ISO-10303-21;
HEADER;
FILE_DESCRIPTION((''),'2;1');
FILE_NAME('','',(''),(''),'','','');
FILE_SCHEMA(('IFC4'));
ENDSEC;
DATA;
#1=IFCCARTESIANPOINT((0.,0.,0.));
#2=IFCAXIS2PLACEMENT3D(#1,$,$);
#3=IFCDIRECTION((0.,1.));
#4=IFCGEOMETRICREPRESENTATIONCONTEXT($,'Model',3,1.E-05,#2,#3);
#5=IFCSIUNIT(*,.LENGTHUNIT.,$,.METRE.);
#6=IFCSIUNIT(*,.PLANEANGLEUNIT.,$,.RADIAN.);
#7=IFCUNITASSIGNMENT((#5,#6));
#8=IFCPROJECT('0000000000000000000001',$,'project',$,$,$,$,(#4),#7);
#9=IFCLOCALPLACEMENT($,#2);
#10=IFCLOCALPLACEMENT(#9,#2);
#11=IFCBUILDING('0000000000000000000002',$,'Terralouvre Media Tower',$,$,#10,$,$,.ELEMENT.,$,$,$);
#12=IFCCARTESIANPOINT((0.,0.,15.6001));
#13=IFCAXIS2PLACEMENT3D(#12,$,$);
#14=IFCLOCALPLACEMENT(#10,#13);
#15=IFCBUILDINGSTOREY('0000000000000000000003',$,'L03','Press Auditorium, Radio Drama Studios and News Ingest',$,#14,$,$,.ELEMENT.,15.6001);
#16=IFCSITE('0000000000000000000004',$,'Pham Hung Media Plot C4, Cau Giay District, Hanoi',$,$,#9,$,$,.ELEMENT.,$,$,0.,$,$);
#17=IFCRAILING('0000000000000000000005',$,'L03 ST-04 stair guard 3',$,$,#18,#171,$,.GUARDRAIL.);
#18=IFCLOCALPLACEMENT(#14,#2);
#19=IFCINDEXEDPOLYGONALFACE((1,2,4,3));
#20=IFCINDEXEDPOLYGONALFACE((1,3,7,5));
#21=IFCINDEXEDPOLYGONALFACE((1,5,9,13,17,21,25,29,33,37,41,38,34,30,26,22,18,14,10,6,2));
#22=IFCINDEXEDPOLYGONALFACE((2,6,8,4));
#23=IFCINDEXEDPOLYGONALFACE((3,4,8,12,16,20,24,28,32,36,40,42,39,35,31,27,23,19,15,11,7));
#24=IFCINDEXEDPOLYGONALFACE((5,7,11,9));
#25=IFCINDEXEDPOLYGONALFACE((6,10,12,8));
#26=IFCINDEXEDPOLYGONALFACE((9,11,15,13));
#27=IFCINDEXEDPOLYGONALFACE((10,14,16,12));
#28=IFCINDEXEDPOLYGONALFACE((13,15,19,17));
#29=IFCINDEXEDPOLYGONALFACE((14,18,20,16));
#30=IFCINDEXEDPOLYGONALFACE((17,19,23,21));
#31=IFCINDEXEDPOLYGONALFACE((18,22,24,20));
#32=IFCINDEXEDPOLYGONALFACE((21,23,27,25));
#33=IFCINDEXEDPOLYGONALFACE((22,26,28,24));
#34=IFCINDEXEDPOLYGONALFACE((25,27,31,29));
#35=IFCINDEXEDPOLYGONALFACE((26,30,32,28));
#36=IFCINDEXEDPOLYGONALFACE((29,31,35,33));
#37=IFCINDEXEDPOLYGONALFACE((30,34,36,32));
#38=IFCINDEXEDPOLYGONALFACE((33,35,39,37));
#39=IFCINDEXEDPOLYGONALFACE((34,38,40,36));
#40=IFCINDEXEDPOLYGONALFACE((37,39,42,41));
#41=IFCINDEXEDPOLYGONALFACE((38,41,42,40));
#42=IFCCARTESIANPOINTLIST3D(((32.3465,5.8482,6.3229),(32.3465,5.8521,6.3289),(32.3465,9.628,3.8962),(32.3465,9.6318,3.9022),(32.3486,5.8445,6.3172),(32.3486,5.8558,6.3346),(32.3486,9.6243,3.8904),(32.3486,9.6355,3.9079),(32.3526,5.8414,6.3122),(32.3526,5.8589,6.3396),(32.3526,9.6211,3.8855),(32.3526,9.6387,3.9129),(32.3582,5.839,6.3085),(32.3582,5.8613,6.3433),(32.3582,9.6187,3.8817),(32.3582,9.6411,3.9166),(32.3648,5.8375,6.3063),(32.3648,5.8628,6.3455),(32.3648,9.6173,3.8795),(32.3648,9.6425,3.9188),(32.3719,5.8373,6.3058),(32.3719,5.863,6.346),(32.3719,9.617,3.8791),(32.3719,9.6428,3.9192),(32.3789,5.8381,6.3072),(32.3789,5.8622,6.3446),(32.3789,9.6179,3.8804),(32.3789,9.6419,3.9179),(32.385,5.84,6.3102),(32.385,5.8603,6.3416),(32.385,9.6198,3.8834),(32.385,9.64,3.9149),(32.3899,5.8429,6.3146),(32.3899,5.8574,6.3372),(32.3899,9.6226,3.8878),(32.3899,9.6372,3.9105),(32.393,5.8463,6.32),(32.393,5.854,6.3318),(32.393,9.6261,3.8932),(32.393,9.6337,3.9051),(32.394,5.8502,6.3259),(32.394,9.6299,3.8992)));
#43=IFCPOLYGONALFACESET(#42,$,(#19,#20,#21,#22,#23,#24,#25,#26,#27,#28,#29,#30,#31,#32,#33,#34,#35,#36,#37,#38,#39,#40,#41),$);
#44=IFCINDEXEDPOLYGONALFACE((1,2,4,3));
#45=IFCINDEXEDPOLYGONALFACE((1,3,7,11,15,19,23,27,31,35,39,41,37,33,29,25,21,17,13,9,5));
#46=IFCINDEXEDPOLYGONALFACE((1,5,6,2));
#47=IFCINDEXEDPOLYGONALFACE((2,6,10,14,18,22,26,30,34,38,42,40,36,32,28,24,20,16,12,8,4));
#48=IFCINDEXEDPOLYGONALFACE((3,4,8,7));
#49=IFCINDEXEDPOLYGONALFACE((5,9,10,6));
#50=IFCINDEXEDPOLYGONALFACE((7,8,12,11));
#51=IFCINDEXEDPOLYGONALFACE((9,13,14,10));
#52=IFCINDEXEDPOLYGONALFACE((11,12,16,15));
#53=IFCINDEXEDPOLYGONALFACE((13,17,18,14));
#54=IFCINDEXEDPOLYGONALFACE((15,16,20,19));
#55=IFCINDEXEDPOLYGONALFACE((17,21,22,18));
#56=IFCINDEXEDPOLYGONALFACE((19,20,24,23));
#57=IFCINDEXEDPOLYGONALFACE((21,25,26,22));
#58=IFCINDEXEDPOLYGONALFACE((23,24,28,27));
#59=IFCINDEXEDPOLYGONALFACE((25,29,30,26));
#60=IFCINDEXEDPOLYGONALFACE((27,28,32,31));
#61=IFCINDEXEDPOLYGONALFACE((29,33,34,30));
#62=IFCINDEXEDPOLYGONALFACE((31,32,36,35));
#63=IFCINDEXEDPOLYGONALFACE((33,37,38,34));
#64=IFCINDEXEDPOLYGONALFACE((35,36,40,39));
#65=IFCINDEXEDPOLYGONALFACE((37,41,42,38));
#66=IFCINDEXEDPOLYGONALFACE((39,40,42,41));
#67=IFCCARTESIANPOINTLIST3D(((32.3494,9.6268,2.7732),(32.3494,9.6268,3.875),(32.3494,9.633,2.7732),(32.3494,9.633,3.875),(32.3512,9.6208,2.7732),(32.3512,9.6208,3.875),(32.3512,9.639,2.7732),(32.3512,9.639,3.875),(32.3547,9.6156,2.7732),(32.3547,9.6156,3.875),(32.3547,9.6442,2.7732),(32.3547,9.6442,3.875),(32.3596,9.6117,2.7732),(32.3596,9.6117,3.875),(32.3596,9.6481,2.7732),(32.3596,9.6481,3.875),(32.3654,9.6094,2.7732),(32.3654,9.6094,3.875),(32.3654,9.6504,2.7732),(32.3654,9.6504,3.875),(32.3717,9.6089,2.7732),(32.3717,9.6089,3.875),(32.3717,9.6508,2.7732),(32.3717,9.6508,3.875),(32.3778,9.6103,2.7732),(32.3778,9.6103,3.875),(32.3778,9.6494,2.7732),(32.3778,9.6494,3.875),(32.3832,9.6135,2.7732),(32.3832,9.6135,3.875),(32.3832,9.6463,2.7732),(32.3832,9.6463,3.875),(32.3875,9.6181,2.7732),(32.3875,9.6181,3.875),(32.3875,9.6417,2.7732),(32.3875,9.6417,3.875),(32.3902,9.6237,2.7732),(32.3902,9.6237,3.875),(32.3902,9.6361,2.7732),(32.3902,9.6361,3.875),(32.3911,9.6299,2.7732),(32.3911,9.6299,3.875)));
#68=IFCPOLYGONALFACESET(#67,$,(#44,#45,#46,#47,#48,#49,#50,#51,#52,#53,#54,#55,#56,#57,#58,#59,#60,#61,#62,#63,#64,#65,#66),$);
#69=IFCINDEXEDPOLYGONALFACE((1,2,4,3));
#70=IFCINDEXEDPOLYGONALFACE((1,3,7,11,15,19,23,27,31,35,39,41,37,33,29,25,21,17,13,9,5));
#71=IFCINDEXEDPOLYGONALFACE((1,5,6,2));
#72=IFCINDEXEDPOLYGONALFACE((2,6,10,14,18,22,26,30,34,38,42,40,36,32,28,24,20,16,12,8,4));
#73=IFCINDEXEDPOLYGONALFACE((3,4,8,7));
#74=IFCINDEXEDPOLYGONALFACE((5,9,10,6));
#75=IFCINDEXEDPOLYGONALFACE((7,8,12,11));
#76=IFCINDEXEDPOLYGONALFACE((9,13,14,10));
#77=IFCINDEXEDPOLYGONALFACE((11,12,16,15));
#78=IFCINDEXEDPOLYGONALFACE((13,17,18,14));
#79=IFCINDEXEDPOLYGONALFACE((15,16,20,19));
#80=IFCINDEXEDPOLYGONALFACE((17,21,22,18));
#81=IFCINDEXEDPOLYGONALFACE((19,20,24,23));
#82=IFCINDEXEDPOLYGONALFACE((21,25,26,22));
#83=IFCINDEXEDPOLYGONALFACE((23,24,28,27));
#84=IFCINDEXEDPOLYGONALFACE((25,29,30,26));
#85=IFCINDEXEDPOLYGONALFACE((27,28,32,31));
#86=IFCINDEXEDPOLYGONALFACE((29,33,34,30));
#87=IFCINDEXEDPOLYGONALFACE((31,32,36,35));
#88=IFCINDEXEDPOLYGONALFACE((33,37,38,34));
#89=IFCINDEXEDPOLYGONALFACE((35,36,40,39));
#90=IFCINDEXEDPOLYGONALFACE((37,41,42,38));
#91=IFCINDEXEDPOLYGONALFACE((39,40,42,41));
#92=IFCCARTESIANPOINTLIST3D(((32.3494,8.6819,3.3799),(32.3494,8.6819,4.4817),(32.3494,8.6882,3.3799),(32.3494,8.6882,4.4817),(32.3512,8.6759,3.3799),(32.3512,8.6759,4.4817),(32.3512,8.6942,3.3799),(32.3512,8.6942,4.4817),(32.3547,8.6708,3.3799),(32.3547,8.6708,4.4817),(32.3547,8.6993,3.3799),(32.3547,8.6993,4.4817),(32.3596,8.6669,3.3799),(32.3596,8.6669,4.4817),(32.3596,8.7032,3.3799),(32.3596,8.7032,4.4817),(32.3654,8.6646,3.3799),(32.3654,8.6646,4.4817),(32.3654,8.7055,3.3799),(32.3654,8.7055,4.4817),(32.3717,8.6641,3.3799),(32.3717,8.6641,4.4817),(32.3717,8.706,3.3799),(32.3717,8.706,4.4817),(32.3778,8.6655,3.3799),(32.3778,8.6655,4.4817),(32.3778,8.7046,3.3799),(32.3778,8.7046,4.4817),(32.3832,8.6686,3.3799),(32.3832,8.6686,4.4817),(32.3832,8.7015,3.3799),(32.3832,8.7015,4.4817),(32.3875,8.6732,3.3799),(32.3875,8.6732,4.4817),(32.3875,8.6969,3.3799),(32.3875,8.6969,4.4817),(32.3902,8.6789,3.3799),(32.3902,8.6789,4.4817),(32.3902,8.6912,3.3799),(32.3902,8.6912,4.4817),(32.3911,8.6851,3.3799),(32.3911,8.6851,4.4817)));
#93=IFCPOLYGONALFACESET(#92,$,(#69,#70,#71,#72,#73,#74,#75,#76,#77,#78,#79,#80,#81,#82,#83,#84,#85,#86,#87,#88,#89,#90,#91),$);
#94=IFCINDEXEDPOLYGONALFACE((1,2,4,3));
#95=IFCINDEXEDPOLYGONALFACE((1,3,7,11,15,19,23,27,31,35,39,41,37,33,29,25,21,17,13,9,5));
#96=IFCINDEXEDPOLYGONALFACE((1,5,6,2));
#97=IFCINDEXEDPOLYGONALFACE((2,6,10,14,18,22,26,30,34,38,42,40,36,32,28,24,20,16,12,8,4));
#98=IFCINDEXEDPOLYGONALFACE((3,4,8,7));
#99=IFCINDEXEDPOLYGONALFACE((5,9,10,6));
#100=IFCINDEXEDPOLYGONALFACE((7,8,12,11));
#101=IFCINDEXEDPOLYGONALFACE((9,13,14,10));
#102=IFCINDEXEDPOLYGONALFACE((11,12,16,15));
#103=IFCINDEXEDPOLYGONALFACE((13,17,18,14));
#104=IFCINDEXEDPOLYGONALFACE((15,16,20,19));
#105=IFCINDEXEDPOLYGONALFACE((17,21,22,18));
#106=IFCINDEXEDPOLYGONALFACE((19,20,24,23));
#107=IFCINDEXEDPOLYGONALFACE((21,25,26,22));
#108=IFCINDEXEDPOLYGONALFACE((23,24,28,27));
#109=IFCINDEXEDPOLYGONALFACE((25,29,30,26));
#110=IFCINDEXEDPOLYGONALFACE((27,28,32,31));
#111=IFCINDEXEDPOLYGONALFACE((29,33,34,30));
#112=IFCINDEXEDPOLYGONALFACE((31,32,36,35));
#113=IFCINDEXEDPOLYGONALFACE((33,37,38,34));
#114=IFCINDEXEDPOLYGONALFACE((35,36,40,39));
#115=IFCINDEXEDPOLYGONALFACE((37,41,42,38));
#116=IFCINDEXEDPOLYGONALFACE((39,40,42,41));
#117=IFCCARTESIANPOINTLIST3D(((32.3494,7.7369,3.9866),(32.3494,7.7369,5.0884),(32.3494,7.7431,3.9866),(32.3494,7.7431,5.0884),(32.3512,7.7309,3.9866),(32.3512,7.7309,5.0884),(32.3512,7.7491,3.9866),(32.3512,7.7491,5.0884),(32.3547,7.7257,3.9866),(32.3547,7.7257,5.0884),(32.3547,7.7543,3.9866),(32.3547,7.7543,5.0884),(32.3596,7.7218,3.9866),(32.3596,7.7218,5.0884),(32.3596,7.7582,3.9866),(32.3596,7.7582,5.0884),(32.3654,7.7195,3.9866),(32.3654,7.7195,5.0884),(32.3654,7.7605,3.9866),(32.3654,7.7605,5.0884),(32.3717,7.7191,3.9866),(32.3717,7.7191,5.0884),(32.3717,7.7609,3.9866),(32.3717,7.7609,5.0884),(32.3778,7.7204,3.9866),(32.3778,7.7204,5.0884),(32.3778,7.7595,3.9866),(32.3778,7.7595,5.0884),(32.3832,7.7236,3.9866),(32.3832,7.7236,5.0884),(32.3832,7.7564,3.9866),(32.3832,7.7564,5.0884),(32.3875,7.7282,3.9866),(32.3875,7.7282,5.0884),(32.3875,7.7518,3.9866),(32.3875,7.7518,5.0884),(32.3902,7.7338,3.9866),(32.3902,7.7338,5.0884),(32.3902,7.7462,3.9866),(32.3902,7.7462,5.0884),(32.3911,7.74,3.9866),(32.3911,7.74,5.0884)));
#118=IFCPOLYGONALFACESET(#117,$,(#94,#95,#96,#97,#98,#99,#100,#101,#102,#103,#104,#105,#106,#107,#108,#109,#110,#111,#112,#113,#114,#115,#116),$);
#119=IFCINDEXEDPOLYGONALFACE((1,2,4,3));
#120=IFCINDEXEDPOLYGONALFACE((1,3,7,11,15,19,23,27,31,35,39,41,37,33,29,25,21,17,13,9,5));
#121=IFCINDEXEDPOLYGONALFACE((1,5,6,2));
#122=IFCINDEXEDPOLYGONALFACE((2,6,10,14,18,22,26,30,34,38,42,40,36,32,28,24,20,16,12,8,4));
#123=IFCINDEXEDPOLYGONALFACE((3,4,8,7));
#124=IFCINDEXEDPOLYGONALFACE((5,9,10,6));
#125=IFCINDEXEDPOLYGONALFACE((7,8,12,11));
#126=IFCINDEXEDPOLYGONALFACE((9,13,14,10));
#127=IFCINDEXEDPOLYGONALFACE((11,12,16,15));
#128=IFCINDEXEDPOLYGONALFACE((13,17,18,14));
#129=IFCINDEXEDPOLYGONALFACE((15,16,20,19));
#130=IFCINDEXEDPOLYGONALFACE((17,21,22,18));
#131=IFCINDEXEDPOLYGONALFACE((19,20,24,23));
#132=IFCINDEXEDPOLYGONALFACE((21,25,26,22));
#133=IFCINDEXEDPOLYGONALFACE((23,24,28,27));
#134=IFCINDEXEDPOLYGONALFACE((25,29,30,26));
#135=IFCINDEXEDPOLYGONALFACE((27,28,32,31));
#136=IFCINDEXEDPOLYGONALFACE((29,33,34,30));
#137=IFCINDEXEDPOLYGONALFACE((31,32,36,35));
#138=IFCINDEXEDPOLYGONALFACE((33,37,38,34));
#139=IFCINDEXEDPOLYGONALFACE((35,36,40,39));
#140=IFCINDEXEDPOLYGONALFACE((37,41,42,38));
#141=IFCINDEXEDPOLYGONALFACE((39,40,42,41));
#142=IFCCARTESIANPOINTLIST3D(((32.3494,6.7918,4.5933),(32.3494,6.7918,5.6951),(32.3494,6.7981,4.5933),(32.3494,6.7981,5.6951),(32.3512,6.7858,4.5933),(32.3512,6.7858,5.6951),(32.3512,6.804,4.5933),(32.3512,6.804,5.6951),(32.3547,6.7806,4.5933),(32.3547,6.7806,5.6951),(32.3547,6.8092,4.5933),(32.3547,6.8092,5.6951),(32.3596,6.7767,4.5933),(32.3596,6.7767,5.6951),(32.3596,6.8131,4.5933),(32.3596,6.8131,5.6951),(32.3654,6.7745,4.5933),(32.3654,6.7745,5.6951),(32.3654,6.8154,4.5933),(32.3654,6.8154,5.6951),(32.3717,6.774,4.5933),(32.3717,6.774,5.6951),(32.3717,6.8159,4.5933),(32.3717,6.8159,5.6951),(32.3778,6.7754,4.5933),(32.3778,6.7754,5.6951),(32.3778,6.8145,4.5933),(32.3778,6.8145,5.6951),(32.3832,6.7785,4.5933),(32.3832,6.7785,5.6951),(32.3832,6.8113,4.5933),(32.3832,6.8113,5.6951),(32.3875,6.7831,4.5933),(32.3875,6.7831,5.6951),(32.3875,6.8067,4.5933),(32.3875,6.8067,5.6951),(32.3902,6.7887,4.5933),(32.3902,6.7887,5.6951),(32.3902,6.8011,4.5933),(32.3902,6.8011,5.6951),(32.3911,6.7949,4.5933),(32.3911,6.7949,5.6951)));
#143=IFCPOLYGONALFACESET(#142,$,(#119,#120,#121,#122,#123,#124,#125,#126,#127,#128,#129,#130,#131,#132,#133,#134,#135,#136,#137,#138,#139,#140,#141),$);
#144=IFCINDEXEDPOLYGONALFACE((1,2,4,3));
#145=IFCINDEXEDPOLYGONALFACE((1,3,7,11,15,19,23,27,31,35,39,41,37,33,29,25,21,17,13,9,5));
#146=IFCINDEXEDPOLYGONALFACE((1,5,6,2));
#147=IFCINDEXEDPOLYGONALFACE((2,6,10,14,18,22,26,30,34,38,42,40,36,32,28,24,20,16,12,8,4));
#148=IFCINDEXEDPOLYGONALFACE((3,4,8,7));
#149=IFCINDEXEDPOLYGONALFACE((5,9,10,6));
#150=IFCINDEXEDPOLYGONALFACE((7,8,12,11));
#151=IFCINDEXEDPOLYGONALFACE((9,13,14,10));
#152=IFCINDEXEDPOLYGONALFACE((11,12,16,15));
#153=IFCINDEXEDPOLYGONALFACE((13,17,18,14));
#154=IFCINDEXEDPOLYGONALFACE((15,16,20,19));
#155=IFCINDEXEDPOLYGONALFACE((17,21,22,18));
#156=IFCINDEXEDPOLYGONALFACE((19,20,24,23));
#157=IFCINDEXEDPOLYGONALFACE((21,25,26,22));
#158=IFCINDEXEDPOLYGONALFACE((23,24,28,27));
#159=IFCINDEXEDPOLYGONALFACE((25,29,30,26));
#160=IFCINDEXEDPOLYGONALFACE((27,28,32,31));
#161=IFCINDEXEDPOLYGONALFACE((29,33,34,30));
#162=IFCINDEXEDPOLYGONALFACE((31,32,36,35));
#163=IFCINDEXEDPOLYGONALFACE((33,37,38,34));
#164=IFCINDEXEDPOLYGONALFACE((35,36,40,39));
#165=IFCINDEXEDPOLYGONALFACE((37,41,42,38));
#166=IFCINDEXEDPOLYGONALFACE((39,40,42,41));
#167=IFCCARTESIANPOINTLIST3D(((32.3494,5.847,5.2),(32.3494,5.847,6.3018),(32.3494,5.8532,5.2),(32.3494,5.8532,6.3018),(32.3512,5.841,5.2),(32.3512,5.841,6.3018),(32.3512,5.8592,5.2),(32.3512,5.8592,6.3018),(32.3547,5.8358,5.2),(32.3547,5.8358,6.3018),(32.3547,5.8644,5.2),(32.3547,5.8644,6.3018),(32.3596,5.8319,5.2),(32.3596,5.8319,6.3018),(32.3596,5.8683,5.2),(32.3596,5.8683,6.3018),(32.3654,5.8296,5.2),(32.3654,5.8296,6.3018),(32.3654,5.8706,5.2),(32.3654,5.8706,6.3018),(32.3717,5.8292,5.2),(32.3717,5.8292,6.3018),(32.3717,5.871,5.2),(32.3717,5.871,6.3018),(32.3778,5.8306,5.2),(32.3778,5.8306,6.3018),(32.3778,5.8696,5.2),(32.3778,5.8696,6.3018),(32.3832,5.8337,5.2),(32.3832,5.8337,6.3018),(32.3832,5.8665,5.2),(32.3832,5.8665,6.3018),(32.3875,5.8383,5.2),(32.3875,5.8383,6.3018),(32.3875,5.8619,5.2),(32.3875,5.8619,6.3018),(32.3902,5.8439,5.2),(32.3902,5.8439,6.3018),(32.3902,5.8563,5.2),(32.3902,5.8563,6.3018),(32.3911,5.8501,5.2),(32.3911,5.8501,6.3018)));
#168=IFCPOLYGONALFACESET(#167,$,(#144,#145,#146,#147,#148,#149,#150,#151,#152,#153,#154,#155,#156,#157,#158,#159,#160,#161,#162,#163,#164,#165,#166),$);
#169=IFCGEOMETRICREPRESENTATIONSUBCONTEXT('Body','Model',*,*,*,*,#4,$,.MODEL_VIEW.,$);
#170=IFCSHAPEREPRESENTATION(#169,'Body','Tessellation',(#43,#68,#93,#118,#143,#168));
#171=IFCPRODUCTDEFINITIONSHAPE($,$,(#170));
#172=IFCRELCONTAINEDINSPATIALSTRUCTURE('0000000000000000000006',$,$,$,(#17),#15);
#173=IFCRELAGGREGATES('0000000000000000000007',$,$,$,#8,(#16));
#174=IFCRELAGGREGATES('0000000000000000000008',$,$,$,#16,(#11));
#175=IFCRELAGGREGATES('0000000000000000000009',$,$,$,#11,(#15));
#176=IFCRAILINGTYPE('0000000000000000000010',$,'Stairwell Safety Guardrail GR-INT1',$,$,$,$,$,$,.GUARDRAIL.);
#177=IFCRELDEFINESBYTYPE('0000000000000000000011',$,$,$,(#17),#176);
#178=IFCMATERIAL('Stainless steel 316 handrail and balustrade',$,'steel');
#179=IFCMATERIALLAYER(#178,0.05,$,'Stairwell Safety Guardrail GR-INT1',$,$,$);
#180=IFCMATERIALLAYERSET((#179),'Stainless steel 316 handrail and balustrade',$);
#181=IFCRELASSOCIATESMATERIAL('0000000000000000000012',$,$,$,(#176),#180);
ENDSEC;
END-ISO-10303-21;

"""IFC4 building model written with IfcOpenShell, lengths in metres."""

from ifc_helpers import new_model, si_unit, direction, frame, origin, origin_2d, place, context, subcontext, project, spatial, circle, extrude, material, layer, layer_set, type_object, element, save


model = new_model("IFC4")

# Units and contexts
model_context = context("Model", 3, precision=1e-05, world=origin(), true_north=direction((0.0, 1.0)))
body_context = subcontext(model_context, "Body", "Model", "MODEL_VIEW")
ifc_project = project(units=[si_unit("LENGTHUNIT", "METRE"), si_unit("PLANEANGLEUNIT", "RADIAN")], contexts=[model_context])

# Site, building, storey
site_placement = place(None, origin())
site = spatial("IfcSite", under=ifc_project, at=site_placement, Name="Pham Hung Media Plot C4, Cau Giay District, Hanoi", CompositionType="ELEMENT", RefElevation=0.0)
building_placement = place(site_placement, origin())
building = spatial("IfcBuilding", under=site, at=building_placement, Name="Terralouvre Media Tower", CompositionType="ELEMENT")
storey_placement = place(building_placement, frame((0.0, 0.0, 15.6001)))
storey = spatial("IfcBuildingStorey", under=building, at=storey_placement, Name="L03", Description="Press Auditorium, Radio Drama Studios and News Ingest", CompositionType="ELEMENT", Elevation=15.6001)

# Railing
ifc_material_1 = material(Name="Stainless steel 316 handrail and balustrade", Category="steel")
ifc_layer_1 = layer(ifc_material_1, 0.05, Name="Stairwell Safety Guardrail GR-INT1")
ifc_layer_set_1 = layer_set([ifc_layer_1], Name="Stainless steel 316 handrail and balustrade")
railing_type_1 = type_object("IfcRailingType", Name="Stairwell Safety Guardrail GR-INT1", PredefinedType="GUARDRAIL", material=ifc_layer_set_1)
railing_1_placement = place(storey_placement, frame((32.3701, 9.6299, 2.7732)))
element("IfcRailing", 1, at=railing_1_placement, inside=storey, type_object=railing_type_1, Name="L03 ST-04 stair guard 3", PredefinedType="GUARDRAIL", context=body_context, shape_type="SweptSolid", body=[
    extrude(circle(Radius=0.0239, at=origin_2d()), frame((0.0, 0.0, 1.126), z_axis=(0.0, -0.841493, 0.540269), x_axis=(1.0, 0.0, 0.0)), (0.0, 0.0, 1.0), 4.4917),
    extrude(circle(Radius=0.021, at=origin_2d()), origin(), (0.0, 0.0, 1.0), 1.1018),
    extrude(circle(Radius=0.021, at=origin_2d()), frame((0.0, -0.9448, 0.6067)), (0.0, 0.0, 1.0), 1.1018),
    extrude(circle(Radius=0.021, at=origin_2d()), frame((0.0, -1.8899, 1.2134)), (0.0, 0.0, 1.0), 1.1018),
    extrude(circle(Radius=0.021, at=origin_2d()), frame((0.0, -2.835, 1.8201)), (0.0, 0.0, 1.0), 1.1018),
    extrude(circle(Radius=0.021, at=origin_2d()), frame((0.0, -3.7798, 2.4268)), (0.0, 0.0, 1.0), 1.1018),
])

save(model, "model.ifc")
